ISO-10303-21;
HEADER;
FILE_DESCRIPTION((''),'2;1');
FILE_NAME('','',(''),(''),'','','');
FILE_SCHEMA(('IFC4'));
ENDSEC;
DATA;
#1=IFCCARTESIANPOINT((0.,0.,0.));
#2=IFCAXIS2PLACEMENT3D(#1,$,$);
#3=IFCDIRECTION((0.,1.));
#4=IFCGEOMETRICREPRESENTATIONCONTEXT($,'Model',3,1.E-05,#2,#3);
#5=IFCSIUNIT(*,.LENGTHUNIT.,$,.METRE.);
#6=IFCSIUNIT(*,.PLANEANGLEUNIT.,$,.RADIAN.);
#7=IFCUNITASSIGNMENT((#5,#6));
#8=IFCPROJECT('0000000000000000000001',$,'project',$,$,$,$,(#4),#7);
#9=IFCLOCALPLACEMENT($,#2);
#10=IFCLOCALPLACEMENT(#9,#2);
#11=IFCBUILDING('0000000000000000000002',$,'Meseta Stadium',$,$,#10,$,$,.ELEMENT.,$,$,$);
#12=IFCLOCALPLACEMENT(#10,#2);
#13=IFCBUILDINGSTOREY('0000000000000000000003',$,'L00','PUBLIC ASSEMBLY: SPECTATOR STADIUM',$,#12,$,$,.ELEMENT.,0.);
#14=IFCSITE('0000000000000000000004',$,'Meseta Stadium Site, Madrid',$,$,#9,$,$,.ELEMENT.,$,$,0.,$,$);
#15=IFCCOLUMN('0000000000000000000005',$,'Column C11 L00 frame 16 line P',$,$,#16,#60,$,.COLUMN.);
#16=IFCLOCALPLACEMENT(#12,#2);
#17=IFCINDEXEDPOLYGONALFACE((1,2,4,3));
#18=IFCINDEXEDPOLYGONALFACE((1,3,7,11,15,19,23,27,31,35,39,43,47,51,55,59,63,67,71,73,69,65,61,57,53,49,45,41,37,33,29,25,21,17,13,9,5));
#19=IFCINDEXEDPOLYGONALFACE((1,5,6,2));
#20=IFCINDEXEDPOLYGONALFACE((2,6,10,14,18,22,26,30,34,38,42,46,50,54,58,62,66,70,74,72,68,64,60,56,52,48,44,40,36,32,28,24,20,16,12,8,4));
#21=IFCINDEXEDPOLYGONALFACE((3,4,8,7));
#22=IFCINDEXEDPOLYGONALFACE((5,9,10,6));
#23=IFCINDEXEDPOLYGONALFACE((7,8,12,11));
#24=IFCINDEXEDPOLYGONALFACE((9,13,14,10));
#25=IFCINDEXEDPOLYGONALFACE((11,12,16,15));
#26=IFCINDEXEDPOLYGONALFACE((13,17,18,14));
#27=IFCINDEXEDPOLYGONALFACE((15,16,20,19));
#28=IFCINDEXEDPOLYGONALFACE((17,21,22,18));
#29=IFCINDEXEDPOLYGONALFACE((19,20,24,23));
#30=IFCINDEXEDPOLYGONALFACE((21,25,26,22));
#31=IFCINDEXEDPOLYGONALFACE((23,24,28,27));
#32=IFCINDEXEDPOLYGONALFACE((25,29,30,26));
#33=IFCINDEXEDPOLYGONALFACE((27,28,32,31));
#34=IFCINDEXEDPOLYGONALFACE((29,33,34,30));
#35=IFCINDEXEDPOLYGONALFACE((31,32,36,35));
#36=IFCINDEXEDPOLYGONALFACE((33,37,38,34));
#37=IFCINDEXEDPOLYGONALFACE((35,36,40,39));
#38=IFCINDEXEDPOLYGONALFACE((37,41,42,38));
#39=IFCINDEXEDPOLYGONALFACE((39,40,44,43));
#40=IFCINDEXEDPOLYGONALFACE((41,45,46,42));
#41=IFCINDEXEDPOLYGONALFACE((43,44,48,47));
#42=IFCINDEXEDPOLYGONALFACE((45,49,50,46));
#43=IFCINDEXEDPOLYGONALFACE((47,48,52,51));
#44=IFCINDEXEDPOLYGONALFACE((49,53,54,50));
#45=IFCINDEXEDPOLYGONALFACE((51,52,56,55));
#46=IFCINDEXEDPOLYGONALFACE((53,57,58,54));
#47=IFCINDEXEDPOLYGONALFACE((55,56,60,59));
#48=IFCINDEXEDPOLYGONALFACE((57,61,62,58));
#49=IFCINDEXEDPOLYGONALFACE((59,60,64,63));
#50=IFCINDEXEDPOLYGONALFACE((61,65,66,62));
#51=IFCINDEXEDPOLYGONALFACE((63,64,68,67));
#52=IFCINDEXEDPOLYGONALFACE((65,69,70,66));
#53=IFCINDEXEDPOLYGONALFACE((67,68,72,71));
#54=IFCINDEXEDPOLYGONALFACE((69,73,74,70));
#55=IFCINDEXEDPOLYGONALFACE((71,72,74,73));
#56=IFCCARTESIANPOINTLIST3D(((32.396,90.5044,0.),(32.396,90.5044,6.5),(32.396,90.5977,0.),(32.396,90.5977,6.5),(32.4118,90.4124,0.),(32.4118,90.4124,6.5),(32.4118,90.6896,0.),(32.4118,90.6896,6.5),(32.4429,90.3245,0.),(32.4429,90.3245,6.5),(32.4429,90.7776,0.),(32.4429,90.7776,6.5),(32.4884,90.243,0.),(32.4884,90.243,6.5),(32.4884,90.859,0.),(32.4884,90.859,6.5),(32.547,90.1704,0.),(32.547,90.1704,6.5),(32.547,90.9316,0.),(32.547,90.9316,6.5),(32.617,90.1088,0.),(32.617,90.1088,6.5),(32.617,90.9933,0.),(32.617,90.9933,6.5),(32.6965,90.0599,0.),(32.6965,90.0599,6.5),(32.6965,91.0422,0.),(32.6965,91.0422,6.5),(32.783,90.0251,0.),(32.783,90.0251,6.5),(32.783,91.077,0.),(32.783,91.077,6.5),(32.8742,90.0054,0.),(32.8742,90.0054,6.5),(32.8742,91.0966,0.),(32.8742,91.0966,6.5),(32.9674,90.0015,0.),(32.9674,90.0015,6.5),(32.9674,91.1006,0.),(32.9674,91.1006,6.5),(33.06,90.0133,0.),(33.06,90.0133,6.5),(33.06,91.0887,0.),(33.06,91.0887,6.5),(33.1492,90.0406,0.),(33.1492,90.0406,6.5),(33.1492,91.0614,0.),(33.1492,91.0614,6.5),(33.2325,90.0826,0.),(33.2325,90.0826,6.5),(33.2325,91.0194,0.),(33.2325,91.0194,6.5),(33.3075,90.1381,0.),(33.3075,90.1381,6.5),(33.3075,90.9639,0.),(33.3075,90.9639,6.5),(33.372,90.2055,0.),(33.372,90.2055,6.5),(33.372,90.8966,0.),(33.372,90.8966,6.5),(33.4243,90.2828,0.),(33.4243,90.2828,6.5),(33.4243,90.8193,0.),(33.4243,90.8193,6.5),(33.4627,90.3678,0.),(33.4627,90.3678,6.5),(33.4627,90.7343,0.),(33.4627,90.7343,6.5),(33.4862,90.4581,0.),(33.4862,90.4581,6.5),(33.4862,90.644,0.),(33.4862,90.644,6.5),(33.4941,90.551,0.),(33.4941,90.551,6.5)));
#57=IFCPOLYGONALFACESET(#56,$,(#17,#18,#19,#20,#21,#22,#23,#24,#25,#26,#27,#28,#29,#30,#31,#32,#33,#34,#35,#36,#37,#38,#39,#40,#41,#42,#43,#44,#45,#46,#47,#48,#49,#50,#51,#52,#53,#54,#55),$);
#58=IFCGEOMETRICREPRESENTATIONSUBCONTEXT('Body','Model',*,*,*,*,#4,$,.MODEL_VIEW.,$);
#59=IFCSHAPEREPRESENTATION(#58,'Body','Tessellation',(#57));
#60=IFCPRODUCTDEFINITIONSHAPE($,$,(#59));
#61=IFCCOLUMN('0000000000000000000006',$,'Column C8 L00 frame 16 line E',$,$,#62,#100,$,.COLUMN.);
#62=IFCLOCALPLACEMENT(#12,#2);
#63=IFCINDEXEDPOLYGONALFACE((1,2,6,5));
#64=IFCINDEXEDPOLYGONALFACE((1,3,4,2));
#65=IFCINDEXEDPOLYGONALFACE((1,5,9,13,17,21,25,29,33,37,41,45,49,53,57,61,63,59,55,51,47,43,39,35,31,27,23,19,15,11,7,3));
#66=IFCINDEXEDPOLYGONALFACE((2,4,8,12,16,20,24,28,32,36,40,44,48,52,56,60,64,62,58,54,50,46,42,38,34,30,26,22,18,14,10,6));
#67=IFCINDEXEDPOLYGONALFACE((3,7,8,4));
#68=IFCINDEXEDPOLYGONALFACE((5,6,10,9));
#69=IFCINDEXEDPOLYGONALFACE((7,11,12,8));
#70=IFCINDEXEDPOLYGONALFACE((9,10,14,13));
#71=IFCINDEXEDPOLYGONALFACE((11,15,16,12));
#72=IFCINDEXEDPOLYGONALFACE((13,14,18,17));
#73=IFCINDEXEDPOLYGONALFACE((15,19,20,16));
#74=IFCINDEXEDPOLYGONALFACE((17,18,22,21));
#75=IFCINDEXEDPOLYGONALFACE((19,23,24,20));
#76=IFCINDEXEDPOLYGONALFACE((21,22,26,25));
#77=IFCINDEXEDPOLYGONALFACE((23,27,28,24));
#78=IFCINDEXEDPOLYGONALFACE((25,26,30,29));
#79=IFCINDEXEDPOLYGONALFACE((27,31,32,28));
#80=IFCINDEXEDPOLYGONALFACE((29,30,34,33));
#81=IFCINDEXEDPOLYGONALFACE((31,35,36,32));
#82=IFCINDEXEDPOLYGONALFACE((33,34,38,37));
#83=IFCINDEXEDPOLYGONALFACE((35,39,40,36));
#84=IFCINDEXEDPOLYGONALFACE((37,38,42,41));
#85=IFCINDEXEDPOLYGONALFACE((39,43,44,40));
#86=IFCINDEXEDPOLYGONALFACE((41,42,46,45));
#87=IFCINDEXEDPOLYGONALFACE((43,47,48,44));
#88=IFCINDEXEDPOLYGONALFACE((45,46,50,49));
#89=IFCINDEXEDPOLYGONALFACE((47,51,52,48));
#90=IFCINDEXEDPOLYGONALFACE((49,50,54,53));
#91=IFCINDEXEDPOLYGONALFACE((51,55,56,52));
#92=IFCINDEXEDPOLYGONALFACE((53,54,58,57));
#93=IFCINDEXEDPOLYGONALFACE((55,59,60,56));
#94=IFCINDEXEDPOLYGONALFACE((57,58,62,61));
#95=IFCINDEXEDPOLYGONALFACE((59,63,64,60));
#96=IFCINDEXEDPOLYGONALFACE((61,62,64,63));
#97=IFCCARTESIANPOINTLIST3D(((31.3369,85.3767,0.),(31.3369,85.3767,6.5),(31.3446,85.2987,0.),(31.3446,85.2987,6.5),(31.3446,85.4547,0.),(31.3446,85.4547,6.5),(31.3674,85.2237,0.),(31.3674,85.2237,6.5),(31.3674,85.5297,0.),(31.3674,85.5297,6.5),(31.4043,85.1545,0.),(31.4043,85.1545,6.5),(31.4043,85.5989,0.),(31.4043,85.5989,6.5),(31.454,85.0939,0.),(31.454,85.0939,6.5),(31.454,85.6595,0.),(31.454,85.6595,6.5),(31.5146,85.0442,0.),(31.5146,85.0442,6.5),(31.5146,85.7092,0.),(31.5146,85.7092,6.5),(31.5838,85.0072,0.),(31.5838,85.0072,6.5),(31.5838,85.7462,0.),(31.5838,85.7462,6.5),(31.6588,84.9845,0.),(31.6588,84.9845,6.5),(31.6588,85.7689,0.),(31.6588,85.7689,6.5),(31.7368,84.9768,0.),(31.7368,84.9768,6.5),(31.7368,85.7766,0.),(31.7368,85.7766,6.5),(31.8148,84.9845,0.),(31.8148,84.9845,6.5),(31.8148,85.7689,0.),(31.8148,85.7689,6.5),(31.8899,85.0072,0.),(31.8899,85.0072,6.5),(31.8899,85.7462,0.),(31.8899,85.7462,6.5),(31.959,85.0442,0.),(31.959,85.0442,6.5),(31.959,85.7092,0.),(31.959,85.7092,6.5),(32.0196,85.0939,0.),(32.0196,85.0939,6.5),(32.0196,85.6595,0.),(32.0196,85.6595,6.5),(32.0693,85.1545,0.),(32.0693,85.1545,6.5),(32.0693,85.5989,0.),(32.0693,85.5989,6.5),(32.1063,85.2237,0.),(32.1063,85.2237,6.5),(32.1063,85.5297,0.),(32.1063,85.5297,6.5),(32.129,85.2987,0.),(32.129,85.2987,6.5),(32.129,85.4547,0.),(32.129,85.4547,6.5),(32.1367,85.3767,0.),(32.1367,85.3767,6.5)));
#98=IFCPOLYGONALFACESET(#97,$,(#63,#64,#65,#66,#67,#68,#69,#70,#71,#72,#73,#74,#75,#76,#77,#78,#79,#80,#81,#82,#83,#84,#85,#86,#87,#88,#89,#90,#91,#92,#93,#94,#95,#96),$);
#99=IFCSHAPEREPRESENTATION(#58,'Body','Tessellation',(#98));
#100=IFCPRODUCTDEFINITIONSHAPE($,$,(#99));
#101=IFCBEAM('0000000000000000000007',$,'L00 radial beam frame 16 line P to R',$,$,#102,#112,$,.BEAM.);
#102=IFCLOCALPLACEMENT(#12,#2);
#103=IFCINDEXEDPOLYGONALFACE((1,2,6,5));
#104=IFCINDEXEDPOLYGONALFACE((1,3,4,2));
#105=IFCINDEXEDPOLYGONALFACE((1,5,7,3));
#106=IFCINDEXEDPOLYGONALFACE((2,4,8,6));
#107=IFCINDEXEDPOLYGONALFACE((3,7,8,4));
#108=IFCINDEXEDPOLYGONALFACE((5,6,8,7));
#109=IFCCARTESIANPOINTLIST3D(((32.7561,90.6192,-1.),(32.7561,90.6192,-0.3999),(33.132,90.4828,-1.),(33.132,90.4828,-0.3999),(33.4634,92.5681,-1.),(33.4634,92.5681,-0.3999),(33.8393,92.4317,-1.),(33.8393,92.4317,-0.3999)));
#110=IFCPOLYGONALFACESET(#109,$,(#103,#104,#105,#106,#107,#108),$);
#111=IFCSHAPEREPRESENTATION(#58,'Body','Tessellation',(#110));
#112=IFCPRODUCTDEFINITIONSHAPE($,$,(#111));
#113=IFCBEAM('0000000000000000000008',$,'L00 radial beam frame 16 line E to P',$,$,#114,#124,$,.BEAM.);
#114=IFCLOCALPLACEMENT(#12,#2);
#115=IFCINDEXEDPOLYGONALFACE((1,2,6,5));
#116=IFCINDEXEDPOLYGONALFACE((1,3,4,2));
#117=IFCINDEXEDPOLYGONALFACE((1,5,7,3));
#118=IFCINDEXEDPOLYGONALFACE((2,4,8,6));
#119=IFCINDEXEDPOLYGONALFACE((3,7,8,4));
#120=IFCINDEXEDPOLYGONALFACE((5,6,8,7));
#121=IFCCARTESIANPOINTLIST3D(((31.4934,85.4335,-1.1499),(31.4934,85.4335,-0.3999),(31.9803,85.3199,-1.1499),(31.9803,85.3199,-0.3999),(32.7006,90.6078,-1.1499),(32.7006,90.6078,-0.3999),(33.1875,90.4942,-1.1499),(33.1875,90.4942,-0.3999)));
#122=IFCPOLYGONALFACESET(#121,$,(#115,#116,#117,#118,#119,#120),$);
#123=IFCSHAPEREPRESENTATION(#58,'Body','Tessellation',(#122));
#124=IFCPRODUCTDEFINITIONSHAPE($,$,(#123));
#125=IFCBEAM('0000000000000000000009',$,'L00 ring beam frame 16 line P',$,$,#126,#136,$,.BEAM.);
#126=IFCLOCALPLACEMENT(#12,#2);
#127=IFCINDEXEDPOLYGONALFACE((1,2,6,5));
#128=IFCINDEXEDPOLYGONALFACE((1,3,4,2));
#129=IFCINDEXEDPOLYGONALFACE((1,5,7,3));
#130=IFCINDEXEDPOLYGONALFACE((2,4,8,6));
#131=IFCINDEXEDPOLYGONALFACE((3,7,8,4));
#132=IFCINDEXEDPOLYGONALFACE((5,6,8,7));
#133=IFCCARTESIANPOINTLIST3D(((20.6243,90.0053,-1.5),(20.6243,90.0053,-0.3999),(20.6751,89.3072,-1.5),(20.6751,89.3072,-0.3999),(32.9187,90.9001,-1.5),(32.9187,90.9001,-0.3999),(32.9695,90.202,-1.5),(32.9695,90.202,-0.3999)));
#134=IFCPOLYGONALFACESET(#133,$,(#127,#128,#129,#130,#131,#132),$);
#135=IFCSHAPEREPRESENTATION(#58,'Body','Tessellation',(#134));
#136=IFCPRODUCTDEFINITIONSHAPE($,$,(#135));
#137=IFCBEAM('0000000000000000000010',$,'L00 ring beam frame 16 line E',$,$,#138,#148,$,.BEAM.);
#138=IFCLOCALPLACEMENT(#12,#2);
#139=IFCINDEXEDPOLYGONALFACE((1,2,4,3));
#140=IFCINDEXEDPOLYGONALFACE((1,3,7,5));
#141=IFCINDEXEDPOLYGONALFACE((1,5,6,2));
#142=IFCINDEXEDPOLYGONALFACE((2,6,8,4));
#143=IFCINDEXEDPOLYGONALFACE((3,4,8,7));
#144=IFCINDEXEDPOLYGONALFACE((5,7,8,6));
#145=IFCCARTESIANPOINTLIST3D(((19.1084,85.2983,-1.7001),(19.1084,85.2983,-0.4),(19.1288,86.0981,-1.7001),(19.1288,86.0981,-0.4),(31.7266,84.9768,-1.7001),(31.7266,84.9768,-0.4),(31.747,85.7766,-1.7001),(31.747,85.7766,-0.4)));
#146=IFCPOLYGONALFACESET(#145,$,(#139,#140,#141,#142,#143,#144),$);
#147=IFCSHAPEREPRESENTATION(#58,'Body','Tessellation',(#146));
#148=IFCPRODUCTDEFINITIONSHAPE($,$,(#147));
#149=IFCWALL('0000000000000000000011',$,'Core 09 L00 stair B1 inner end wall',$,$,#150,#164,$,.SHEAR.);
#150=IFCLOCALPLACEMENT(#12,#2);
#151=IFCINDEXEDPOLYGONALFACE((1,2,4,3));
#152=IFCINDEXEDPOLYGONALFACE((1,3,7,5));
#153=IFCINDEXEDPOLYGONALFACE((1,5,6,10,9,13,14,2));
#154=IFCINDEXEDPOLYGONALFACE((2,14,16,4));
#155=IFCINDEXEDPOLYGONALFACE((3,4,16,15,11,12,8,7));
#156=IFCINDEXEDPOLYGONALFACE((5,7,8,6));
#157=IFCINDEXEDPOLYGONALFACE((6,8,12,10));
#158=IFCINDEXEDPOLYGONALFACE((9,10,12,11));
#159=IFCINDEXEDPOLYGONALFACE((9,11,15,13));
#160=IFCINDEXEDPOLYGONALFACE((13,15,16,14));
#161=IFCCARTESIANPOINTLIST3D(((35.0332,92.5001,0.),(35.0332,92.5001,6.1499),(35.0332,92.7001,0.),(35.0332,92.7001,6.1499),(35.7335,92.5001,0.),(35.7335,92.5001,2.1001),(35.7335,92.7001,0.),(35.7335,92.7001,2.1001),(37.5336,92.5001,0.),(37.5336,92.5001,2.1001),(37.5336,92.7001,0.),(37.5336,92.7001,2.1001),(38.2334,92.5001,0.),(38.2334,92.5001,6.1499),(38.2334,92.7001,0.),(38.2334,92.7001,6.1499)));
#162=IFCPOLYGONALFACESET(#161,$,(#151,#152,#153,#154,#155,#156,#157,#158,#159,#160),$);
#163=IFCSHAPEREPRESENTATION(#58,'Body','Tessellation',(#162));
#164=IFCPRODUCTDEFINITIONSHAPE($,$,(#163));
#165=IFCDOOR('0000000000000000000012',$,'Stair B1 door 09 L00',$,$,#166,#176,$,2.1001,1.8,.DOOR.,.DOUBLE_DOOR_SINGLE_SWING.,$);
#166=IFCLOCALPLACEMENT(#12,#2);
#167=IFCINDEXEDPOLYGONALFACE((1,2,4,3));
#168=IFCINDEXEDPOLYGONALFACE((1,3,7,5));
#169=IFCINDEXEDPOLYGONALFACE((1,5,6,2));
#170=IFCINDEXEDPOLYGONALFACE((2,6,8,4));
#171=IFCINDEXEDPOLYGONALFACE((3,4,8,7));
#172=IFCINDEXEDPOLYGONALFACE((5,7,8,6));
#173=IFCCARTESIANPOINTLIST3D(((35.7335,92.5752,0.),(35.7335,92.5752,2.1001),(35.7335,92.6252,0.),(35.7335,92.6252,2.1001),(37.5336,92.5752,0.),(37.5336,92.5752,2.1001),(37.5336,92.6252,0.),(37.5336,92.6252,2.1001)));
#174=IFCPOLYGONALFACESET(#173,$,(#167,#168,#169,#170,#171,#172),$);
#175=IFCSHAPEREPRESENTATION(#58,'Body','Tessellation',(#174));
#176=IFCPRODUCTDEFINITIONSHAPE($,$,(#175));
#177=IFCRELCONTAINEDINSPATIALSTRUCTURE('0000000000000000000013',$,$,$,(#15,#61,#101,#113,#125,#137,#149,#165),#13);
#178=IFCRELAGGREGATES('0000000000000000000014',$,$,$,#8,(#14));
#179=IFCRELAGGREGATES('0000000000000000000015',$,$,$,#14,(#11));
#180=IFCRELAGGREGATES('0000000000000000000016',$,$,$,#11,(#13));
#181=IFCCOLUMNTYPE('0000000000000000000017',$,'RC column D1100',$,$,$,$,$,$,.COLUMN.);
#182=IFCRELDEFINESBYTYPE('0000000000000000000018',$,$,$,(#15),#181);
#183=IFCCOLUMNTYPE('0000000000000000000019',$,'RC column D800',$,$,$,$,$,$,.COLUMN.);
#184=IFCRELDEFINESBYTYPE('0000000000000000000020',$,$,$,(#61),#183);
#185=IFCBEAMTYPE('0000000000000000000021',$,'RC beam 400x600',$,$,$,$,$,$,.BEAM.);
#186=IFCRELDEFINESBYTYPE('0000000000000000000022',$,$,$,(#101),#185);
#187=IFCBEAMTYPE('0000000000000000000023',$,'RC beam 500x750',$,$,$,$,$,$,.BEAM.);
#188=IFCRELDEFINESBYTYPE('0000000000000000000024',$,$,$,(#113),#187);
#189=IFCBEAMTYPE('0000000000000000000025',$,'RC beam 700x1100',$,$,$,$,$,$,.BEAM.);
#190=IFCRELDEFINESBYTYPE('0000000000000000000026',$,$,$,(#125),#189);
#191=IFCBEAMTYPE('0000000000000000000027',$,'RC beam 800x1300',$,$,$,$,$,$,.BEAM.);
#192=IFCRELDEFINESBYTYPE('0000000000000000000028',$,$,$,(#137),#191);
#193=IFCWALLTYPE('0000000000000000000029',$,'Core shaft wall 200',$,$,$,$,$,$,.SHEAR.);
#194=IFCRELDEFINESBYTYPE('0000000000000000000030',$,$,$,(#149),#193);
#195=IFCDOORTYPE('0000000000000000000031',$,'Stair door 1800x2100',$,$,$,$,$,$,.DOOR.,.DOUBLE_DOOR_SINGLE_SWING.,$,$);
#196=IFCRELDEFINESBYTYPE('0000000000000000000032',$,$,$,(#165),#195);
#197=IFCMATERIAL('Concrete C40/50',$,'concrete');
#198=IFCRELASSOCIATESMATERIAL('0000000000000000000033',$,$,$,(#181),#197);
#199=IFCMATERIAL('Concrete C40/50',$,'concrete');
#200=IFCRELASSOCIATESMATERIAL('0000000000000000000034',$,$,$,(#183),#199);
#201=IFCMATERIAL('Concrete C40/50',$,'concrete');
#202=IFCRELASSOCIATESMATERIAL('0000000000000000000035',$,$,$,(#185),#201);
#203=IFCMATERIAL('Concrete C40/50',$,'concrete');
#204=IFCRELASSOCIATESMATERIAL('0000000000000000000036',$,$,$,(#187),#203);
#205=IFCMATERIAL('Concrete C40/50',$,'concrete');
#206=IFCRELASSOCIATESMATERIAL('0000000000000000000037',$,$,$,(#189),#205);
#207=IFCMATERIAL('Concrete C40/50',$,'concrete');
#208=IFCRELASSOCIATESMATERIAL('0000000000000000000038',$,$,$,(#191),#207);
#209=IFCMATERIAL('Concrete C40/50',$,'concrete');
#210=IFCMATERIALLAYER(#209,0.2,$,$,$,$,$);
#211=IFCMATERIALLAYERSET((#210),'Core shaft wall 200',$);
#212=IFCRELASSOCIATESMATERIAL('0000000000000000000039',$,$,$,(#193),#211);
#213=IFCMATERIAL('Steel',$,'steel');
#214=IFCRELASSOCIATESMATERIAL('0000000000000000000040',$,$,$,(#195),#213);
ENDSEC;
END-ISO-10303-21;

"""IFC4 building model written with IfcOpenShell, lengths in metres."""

from ifc_helpers import new_model, si_unit, direction, frame, frame_2d, origin, origin_2d, place, context, subcontext, project, spatial, rectangle, circle, extrude, material, layer, layer_set, material_profile, profile_set, type_object, element, fill, save


model = new_model("IFC4")

# Units and contexts
model_context = context("Model", 3, precision=1e-05, world=origin(), true_north=direction((0.0, 1.0)))
body_context = subcontext(model_context, "Body", "Model", "MODEL_VIEW")
ifc_project = project(units=[si_unit("LENGTHUNIT", "METRE"), si_unit("PLANEANGLEUNIT", "RADIAN")], contexts=[model_context])

# Site, building, storey
site_placement = place(None, origin())
site = spatial("IfcSite", under=ifc_project, at=site_placement, Name="Meseta Stadium Site, Madrid", CompositionType="ELEMENT", RefElevation=0.0)
building_placement = place(site_placement, origin())
building = spatial("IfcBuilding", under=site, at=building_placement, Name="Meseta Stadium", CompositionType="ELEMENT")
storey_placement = place(building_placement, origin())
storey = spatial("IfcBuildingStorey", under=building, at=storey_placement, Name="L00", Description="PUBLIC ASSEMBLY: SPECTATOR STADIUM", CompositionType="ELEMENT", Elevation=0.0)

# Columns
ifc_material_1 = material(Name="Concrete C40/50", Category="concrete")
ifc_material_profile_1 = material_profile(ifc_material_1, circle(Radius=0.55, at=origin_2d()), Name="RC D1100")
ifc_profile_set_1 = profile_set([ifc_material_profile_1], Name="Concrete C40/50")
column_type_1 = type_object("IfcColumnType", Name="RC column D1100", PredefinedType="COLUMN", material=ifc_profile_set_1)
column_1_placement = place(storey_placement, frame((32.9441, 90.551, 0.0), z_axis=(0.0, 0.0, 1.0), x_axis=(1.0, 0.0, 0.0)))
element("IfcColumn", 1, at=column_1_placement, inside=storey, type_object=column_type_1, Name="Column C11 L00 frame 16 line P", PredefinedType="COLUMN", context=body_context, shape_type="SweptSolid", body=[
    extrude(circle(Radius=0.55, at=origin_2d()), origin(), (0.0, 0.0, 1.0), 6.5),
])
ifc_material_2 = material(Name="Concrete C40/50", Category="concrete")
ifc_material_profile_2 = material_profile(ifc_material_2, circle(Radius=0.3999, at=origin_2d()), Name="RC D800")
ifc_profile_set_2 = profile_set([ifc_material_profile_2], Name="Concrete C40/50")
column_type_2 = type_object("IfcColumnType", Name="RC column D800", PredefinedType="COLUMN", material=ifc_profile_set_2)
column_2_placement = place(storey_placement, frame((31.7368, 85.3767, 0.0), z_axis=(0.0, 0.0, 1.0), x_axis=(1.0, 0.0, 0.0)))
element("IfcColumn", 2, at=column_2_placement, inside=storey, type_object=column_type_2, Name="Column C8 L00 frame 16 line E", PredefinedType="COLUMN", context=body_context, shape_type="SweptSolid", body=[
    extrude(circle(Radius=0.3999, at=origin_2d()), origin(), (0.0, 0.0, 1.0), 6.5),
])

# Beams
ifc_material_3 = material(Name="Concrete C40/50", Category="concrete")
ifc_material_profile_3 = material_profile(ifc_material_3, rectangle(XDim=0.3999, YDim=0.6001, at=origin_2d()), Name="RC 400x600")
ifc_profile_set_3 = profile_set([ifc_material_profile_3], Name="Concrete C40/50")
beam_type_1 = type_object("IfcBeamType", Name="RC beam 400x600", PredefinedType="BEAM", material=ifc_profile_set_3)
beam_1_placement = place(storey_placement, frame((32.9441, 90.551, -0.7), z_axis=(0.341128, 0.940017, 0.0), x_axis=(-0.940017, 0.341128, 0.0)))
element("IfcBeam", 3, at=beam_1_placement, inside=storey, type_object=beam_type_1, Name="L00 radial beam frame 16 line P to R", PredefinedType="BEAM", context=body_context, shape_type="SweptSolid", body=[
    extrude(rectangle(XDim=0.3999, YDim=0.6001, at=origin_2d()), origin(), (0.0, 0.0, 1.0), 2.0732),
])
ifc_material_4 = material(Name="Concrete C40/50", Category="concrete")
ifc_material_profile_4 = material_profile(ifc_material_4, rectangle(XDim=0.5, YDim=0.75, at=origin_2d()), Name="RC 500x750")
ifc_profile_set_4 = profile_set([ifc_material_profile_4], Name="Concrete C40/50")
beam_type_2 = type_object("IfcBeamType", Name="RC beam 500x750", PredefinedType="BEAM", material=ifc_profile_set_4)
beam_2_placement = place(storey_placement, frame((31.7368, 85.3767, -0.7749), z_axis=(0.227218, 0.973844, 0.0), x_axis=(-0.973844, 0.227218, 0.0)))
element("IfcBeam", 4, at=beam_2_placement, inside=storey, type_object=beam_type_2, Name="L00 radial beam frame 16 line E to P", PredefinedType="BEAM", context=body_context, shape_type="SweptSolid", body=[
    extrude(rectangle(XDim=0.5, YDim=0.75, at=origin_2d()), origin(), (0.0, 0.0, 1.0), 5.3132),
])
ifc_material_5 = material(Name="Concrete C40/50", Category="concrete")
ifc_material_profile_5 = material_profile(ifc_material_5, rectangle(XDim=0.7, YDim=1.1001, at=origin_2d()), Name="RC 700x1100")
ifc_profile_set_5 = profile_set([ifc_material_profile_5], Name="Concrete C40/50")
beam_type_3 = type_object("IfcBeamType", Name="RC beam 700x1100", PredefinedType="BEAM", material=ifc_profile_set_5)
beam_3_placement = place(storey_placement, frame((32.9441, 90.551, -0.95), z_axis=(-0.997362, -0.072587, 0.0), x_axis=(0.072587, -0.997362, 0.0)))
element("IfcBeam", 5, at=beam_3_placement, inside=storey, type_object=beam_type_3, Name="L00 ring beam frame 16 line P", PredefinedType="BEAM", context=body_context, shape_type="SweptSolid", body=[
    extrude(rectangle(XDim=0.7, YDim=1.1001, at=origin_2d()), origin(), (0.0, 0.0, 1.0), 12.3269),
])
ifc_material_6 = material(Name="Concrete C40/50", Category="concrete")
ifc_material_profile_6 = material_profile(ifc_material_6, rectangle(XDim=0.8, YDim=1.3, at=origin_2d()), Name="RC 800x1300")
ifc_profile_set_6 = profile_set([ifc_material_profile_6], Name="Concrete C40/50")
beam_type_4 = type_object("IfcBeamType", Name="RC beam 800x1300", PredefinedType="BEAM", material=ifc_profile_set_6)
beam_4_placement = place(storey_placement, frame((31.7368, 85.3767, -1.05), z_axis=(-0.999675, 0.025474, 0.0), x_axis=(-0.025474, -0.999675, 0.0)))
element("IfcBeam", 6, at=beam_4_placement, inside=storey, type_object=beam_type_4, Name="L00 ring beam frame 16 line E", PredefinedType="BEAM", context=body_context, shape_type="SweptSolid", body=[
    extrude(rectangle(XDim=0.8, YDim=1.3, at=origin_2d()), origin(), (0.0, 0.0, 1.0), 12.6223),
])

# Wall, opening, door
ifc_material_7 = material(Name="Concrete C40/50", Category="concrete")
ifc_layer_1 = layer(ifc_material_7, 0.2)
ifc_layer_set_1 = layer_set([ifc_layer_1], Name="Core shaft wall 200")
wall_type_1 = type_object("IfcWallType", Name="Core shaft wall 200", PredefinedType="SHEAR", material=ifc_layer_set_1)
wall_1_placement = place(storey_placement, frame((38.2334, 92.6001, 0.0), z_axis=(0.0, 0.0, 1.0), x_axis=(-1.0, 0.0, 0.0)))
wall_1 = element("IfcWall", 7, at=wall_1_placement, inside=storey, type_object=wall_type_1, Name="Core 09 L00 stair B1 inner end wall", PredefinedType="SHEAR", context=body_context, shape_type="SweptSolid", body=[
    extrude(rectangle(XDim=3.2002, YDim=0.2, at=frame_2d((1.6001, 0.0))), origin(), (0.0, 0.0, 1.0), 6.1499),
])
opening_1_placement = place(wall_1_placement, frame((0.7, 0.0, 0.0)))
opening_1 = element("IfcOpeningElement", 8, at=opening_1_placement, cuts=wall_1, PredefinedType="OPENING", context=body_context, shape_type="SweptSolid", body=[
    extrude(rectangle(XDim=1.8, YDim=2.1001, at=frame_2d((0.8999, 1.05))), frame((0.0, 0.1099, 0.0), z_axis=(0.0, -1.0, 0.0), x_axis=(1.0, 0.0, 0.0)), (0.0, 0.0, 1.0), 0.22),
])
ifc_material_8 = material(Name="Steel", Category="steel")
door_type_1 = type_object("IfcDoorType", Name="Stair door 1800x2100", OperationType="DOUBLE_DOOR_SINGLE_SWING", PredefinedType="DOOR", material=ifc_material_8)
door_1_placement = place(opening_1_placement, origin())
door_1 = element("IfcDoor", 9, at=door_1_placement, inside=storey, type_object=door_type_1, Name="Stair B1 door 09 L00", OperationType="DOUBLE_DOOR_SINGLE_SWING", OverallHeight=2.1001, OverallWidth=1.8, PredefinedType="DOOR", context=body_context, shape_type="SweptSolid", body=[
    extrude(rectangle(XDim=1.8, YDim=2.1001, at=frame_2d((0.8999, 1.05))), frame((0.0, 0.0249, 0.0), z_axis=(0.0, -1.0, 0.0), x_axis=(1.0, 0.0, 0.0)), (0.0, 0.0, 1.0), 0.05),
])
fill(opening_1, door_1)

save(model, "model.ifc")
